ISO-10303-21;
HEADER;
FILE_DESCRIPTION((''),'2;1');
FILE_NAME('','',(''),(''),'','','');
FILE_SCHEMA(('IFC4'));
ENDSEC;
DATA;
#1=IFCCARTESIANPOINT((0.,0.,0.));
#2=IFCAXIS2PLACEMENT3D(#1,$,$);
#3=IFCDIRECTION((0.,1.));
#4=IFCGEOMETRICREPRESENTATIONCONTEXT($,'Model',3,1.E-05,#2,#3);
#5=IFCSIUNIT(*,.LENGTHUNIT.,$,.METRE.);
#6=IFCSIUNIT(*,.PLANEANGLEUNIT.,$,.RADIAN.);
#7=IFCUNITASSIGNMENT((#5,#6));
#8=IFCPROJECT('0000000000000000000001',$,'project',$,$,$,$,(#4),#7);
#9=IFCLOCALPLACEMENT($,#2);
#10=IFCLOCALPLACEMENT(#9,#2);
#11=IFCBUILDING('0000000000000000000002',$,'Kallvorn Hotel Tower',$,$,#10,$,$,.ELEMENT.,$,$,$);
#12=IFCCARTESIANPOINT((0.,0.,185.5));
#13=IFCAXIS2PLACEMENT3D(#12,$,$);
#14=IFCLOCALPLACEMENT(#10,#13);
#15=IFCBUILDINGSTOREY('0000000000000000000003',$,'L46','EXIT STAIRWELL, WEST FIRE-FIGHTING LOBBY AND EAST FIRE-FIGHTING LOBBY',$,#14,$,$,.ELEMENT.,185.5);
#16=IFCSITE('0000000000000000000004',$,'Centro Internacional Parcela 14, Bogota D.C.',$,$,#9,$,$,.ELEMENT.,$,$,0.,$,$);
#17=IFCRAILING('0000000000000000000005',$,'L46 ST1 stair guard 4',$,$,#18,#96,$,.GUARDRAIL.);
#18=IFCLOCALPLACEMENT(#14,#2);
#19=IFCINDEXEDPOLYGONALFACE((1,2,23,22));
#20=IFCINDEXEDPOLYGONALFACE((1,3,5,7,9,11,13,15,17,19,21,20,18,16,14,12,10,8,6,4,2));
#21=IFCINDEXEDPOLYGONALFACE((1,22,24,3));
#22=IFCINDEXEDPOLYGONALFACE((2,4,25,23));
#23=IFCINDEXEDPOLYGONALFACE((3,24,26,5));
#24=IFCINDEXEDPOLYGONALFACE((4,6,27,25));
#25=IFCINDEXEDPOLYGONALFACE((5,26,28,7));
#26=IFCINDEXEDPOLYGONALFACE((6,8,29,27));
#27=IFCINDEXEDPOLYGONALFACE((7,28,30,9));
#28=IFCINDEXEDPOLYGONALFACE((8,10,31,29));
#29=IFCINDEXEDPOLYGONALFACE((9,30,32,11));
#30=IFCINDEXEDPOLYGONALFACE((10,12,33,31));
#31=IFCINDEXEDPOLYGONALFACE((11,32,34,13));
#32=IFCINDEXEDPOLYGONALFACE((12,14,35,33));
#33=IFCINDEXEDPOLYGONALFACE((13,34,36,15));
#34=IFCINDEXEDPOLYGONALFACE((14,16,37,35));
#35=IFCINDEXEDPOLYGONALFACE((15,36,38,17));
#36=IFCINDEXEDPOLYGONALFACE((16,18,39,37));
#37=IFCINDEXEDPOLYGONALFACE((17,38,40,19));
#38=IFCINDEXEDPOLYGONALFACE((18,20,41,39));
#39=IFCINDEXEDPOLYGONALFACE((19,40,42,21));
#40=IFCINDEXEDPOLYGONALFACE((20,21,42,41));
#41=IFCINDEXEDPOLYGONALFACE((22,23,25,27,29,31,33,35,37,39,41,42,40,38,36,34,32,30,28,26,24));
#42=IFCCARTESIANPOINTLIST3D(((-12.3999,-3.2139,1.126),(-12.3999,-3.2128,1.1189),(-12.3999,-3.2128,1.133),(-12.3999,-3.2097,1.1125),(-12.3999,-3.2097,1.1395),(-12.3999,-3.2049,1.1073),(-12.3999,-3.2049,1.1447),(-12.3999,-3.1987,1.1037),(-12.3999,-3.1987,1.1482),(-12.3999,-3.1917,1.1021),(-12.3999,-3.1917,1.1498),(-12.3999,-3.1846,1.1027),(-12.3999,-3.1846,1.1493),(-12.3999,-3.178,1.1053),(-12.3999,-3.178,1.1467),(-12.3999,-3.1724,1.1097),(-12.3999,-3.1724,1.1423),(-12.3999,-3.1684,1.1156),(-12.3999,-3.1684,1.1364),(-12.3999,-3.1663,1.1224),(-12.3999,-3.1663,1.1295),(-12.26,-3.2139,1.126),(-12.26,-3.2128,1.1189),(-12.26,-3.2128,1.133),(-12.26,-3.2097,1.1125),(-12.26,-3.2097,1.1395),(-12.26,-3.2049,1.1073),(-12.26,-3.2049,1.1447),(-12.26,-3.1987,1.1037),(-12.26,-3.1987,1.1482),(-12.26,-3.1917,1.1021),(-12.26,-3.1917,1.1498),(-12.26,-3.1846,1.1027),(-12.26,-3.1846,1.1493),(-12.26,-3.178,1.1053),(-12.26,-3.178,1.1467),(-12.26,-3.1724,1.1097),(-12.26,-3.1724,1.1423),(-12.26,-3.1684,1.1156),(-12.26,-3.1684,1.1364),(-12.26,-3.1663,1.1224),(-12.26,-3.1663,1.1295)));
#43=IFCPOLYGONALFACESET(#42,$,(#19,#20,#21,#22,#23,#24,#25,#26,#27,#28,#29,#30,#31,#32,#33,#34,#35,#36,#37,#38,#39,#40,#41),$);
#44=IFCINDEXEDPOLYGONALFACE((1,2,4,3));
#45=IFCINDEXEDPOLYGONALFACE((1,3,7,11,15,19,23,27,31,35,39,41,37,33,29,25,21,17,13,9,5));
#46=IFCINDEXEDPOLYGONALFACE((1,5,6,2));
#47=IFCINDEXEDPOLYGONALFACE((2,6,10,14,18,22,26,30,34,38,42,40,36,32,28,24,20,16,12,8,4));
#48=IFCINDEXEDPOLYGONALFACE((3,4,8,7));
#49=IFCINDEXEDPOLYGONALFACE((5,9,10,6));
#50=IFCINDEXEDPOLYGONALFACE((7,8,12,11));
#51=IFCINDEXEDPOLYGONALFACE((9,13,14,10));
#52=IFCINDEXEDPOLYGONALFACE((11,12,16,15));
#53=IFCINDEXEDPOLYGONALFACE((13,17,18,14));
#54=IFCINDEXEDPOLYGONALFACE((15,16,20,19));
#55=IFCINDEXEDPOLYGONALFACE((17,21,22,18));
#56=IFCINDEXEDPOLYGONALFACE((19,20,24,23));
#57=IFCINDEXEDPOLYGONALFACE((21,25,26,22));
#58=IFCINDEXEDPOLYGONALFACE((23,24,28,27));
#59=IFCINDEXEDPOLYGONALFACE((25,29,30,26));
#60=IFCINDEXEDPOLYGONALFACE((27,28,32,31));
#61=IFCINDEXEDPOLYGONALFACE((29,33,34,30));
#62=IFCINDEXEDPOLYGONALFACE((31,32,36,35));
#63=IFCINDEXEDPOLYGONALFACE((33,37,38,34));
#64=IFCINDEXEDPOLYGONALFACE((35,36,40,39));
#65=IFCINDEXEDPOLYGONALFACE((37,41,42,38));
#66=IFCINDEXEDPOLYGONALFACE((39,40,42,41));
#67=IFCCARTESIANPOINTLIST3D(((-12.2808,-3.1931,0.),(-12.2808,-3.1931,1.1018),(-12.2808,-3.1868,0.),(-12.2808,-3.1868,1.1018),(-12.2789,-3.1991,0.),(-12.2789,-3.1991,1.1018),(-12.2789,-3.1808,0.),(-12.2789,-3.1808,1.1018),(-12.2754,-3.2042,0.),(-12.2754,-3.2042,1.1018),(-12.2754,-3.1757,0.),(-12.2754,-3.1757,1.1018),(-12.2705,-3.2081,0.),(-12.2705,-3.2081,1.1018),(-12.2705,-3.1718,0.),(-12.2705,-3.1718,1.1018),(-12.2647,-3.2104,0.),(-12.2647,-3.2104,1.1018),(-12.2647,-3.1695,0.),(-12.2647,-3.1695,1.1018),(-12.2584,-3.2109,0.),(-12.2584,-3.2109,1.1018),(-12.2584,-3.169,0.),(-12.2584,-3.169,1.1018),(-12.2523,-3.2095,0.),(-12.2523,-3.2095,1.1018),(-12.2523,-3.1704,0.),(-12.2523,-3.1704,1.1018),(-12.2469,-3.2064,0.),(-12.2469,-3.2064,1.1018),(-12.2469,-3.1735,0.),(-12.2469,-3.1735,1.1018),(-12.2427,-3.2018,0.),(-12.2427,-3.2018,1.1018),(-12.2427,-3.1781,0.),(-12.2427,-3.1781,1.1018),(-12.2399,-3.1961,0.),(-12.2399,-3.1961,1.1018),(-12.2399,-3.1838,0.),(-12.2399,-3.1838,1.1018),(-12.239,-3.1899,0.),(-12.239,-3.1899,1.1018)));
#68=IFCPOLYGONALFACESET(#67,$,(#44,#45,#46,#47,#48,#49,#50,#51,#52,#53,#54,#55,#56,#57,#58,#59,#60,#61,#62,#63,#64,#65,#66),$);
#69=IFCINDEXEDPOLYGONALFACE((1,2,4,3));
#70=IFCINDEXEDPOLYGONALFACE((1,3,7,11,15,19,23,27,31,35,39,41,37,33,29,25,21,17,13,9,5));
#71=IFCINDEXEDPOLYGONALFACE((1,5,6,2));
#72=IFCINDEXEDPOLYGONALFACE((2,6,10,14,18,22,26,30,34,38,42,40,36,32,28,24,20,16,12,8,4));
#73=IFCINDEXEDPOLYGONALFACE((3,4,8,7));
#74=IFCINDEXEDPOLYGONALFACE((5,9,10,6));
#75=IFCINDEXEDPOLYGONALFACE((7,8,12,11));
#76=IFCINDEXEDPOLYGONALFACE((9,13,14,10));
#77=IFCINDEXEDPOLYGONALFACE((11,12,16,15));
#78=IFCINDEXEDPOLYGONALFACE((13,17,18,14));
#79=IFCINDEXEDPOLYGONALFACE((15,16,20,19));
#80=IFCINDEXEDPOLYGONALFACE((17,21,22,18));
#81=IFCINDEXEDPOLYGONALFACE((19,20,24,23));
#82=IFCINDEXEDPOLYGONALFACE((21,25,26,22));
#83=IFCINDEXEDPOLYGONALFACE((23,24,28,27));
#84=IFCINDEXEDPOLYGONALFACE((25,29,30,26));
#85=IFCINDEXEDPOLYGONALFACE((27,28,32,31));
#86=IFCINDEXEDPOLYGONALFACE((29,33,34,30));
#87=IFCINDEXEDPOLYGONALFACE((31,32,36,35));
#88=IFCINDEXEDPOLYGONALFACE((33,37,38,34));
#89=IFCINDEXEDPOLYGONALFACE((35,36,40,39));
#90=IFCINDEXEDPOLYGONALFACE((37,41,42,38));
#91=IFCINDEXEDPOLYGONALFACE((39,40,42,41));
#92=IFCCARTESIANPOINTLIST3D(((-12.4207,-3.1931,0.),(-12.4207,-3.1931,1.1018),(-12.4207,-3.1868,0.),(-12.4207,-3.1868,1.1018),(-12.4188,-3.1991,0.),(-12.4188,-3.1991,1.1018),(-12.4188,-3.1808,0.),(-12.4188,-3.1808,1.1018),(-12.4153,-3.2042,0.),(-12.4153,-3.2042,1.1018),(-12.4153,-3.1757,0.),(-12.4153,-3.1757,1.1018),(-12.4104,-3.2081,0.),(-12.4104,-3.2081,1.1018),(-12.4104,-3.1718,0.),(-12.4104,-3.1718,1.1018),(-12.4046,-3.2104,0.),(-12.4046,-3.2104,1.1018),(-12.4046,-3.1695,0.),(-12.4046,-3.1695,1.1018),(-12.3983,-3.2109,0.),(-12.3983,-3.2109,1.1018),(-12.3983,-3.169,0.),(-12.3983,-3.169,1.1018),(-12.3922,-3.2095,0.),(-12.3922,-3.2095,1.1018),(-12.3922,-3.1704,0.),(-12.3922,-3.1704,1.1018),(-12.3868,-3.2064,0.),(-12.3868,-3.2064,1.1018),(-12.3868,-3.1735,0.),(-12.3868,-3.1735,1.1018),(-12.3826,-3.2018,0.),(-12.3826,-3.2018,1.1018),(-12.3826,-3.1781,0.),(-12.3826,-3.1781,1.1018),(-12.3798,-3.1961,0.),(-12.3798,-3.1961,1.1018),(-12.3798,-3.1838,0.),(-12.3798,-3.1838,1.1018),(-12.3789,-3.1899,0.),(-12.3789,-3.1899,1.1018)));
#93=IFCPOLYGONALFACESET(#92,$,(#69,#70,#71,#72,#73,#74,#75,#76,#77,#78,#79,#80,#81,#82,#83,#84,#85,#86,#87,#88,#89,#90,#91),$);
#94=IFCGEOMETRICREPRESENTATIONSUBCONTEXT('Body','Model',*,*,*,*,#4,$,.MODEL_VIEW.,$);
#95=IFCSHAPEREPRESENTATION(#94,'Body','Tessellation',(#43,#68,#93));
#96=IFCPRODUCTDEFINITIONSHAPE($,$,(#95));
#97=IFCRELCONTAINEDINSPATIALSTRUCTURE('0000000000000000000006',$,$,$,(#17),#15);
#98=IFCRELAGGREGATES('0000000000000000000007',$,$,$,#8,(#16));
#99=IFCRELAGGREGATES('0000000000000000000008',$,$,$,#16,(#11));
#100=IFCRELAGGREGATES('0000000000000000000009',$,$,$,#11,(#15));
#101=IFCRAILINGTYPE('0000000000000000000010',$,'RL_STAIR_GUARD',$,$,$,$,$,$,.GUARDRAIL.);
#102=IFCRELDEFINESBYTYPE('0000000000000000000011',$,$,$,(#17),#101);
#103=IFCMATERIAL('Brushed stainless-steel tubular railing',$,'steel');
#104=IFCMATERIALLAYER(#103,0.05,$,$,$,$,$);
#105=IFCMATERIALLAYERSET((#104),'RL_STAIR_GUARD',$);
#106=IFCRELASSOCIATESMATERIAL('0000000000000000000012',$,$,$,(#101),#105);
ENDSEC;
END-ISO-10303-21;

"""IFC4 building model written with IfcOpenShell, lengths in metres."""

from ifc_helpers import new_model, si_unit, direction, frame, origin, origin_2d, place, context, subcontext, project, spatial, circle, extrude, material, layer, layer_set, type_object, element, save


model = new_model("IFC4")

# Units and contexts
model_context = context("Model", 3, precision=1e-05, world=origin(), true_north=direction((0.0, 1.0)))
body_context = subcontext(model_context, "Body", "Model", "MODEL_VIEW")
ifc_project = project(units=[si_unit("LENGTHUNIT", "METRE"), si_unit("PLANEANGLEUNIT", "RADIAN")], contexts=[model_context])

# Site, building, storey
site_placement = place(None, origin())
site = spatial("IfcSite", under=ifc_project, at=site_placement, Name="Centro Internacional Parcela 14, Bogota D.C.", CompositionType="ELEMENT", RefElevation=0.0)
building_placement = place(site_placement, origin())
building = spatial("IfcBuilding", under=site, at=building_placement, Name="Kallvorn Hotel Tower", CompositionType="ELEMENT")
storey_placement = place(building_placement, frame((0.0, 0.0, 185.5)))
storey = spatial("IfcBuildingStorey", under=building, at=storey_placement, Name="L46", Description="EXIT STAIRWELL, WEST FIRE-FIGHTING LOBBY AND EAST FIRE-FIGHTING LOBBY", CompositionType="ELEMENT", Elevation=185.5)

# Railing
ifc_material_1 = material(Name="Brushed stainless-steel tubular railing", Category="steel")
ifc_layer_1 = layer(ifc_material_1, 0.05)
ifc_layer_set_1 = layer_set([ifc_layer_1], Name="RL_STAIR_GUARD")
railing_type_1 = type_object("IfcRailingType", Name="RL_STAIR_GUARD", PredefinedType="GUARDRAIL", material=ifc_layer_set_1)
railing_1_placement = place(storey_placement, frame((-12.26, -3.1899, 0.0)))
element("IfcRailing", 1, at=railing_1_placement, inside=storey, type_object=railing_type_1, Name="L46 ST1 stair guard 4", PredefinedType="GUARDRAIL", context=body_context, shape_type="SweptSolid", body=[
    extrude(circle(Radius=0.0239, at=origin_2d()), frame((0.0, 0.0, 1.126), z_axis=(-1.0, 0.0, 0.0), x_axis=(0.0, -1.0, 0.0)), (0.0, 0.0, 1.0), 0.1399),
    extrude(circle(Radius=0.021, at=origin_2d()), origin(), (0.0, 0.0, 1.0), 1.1018),
    extrude(circle(Radius=0.021, at=origin_2d()), frame((-0.1399, 0.0, 0.0)), (0.0, 0.0, 1.0), 1.1018),
])

save(model, "model.ifc")
